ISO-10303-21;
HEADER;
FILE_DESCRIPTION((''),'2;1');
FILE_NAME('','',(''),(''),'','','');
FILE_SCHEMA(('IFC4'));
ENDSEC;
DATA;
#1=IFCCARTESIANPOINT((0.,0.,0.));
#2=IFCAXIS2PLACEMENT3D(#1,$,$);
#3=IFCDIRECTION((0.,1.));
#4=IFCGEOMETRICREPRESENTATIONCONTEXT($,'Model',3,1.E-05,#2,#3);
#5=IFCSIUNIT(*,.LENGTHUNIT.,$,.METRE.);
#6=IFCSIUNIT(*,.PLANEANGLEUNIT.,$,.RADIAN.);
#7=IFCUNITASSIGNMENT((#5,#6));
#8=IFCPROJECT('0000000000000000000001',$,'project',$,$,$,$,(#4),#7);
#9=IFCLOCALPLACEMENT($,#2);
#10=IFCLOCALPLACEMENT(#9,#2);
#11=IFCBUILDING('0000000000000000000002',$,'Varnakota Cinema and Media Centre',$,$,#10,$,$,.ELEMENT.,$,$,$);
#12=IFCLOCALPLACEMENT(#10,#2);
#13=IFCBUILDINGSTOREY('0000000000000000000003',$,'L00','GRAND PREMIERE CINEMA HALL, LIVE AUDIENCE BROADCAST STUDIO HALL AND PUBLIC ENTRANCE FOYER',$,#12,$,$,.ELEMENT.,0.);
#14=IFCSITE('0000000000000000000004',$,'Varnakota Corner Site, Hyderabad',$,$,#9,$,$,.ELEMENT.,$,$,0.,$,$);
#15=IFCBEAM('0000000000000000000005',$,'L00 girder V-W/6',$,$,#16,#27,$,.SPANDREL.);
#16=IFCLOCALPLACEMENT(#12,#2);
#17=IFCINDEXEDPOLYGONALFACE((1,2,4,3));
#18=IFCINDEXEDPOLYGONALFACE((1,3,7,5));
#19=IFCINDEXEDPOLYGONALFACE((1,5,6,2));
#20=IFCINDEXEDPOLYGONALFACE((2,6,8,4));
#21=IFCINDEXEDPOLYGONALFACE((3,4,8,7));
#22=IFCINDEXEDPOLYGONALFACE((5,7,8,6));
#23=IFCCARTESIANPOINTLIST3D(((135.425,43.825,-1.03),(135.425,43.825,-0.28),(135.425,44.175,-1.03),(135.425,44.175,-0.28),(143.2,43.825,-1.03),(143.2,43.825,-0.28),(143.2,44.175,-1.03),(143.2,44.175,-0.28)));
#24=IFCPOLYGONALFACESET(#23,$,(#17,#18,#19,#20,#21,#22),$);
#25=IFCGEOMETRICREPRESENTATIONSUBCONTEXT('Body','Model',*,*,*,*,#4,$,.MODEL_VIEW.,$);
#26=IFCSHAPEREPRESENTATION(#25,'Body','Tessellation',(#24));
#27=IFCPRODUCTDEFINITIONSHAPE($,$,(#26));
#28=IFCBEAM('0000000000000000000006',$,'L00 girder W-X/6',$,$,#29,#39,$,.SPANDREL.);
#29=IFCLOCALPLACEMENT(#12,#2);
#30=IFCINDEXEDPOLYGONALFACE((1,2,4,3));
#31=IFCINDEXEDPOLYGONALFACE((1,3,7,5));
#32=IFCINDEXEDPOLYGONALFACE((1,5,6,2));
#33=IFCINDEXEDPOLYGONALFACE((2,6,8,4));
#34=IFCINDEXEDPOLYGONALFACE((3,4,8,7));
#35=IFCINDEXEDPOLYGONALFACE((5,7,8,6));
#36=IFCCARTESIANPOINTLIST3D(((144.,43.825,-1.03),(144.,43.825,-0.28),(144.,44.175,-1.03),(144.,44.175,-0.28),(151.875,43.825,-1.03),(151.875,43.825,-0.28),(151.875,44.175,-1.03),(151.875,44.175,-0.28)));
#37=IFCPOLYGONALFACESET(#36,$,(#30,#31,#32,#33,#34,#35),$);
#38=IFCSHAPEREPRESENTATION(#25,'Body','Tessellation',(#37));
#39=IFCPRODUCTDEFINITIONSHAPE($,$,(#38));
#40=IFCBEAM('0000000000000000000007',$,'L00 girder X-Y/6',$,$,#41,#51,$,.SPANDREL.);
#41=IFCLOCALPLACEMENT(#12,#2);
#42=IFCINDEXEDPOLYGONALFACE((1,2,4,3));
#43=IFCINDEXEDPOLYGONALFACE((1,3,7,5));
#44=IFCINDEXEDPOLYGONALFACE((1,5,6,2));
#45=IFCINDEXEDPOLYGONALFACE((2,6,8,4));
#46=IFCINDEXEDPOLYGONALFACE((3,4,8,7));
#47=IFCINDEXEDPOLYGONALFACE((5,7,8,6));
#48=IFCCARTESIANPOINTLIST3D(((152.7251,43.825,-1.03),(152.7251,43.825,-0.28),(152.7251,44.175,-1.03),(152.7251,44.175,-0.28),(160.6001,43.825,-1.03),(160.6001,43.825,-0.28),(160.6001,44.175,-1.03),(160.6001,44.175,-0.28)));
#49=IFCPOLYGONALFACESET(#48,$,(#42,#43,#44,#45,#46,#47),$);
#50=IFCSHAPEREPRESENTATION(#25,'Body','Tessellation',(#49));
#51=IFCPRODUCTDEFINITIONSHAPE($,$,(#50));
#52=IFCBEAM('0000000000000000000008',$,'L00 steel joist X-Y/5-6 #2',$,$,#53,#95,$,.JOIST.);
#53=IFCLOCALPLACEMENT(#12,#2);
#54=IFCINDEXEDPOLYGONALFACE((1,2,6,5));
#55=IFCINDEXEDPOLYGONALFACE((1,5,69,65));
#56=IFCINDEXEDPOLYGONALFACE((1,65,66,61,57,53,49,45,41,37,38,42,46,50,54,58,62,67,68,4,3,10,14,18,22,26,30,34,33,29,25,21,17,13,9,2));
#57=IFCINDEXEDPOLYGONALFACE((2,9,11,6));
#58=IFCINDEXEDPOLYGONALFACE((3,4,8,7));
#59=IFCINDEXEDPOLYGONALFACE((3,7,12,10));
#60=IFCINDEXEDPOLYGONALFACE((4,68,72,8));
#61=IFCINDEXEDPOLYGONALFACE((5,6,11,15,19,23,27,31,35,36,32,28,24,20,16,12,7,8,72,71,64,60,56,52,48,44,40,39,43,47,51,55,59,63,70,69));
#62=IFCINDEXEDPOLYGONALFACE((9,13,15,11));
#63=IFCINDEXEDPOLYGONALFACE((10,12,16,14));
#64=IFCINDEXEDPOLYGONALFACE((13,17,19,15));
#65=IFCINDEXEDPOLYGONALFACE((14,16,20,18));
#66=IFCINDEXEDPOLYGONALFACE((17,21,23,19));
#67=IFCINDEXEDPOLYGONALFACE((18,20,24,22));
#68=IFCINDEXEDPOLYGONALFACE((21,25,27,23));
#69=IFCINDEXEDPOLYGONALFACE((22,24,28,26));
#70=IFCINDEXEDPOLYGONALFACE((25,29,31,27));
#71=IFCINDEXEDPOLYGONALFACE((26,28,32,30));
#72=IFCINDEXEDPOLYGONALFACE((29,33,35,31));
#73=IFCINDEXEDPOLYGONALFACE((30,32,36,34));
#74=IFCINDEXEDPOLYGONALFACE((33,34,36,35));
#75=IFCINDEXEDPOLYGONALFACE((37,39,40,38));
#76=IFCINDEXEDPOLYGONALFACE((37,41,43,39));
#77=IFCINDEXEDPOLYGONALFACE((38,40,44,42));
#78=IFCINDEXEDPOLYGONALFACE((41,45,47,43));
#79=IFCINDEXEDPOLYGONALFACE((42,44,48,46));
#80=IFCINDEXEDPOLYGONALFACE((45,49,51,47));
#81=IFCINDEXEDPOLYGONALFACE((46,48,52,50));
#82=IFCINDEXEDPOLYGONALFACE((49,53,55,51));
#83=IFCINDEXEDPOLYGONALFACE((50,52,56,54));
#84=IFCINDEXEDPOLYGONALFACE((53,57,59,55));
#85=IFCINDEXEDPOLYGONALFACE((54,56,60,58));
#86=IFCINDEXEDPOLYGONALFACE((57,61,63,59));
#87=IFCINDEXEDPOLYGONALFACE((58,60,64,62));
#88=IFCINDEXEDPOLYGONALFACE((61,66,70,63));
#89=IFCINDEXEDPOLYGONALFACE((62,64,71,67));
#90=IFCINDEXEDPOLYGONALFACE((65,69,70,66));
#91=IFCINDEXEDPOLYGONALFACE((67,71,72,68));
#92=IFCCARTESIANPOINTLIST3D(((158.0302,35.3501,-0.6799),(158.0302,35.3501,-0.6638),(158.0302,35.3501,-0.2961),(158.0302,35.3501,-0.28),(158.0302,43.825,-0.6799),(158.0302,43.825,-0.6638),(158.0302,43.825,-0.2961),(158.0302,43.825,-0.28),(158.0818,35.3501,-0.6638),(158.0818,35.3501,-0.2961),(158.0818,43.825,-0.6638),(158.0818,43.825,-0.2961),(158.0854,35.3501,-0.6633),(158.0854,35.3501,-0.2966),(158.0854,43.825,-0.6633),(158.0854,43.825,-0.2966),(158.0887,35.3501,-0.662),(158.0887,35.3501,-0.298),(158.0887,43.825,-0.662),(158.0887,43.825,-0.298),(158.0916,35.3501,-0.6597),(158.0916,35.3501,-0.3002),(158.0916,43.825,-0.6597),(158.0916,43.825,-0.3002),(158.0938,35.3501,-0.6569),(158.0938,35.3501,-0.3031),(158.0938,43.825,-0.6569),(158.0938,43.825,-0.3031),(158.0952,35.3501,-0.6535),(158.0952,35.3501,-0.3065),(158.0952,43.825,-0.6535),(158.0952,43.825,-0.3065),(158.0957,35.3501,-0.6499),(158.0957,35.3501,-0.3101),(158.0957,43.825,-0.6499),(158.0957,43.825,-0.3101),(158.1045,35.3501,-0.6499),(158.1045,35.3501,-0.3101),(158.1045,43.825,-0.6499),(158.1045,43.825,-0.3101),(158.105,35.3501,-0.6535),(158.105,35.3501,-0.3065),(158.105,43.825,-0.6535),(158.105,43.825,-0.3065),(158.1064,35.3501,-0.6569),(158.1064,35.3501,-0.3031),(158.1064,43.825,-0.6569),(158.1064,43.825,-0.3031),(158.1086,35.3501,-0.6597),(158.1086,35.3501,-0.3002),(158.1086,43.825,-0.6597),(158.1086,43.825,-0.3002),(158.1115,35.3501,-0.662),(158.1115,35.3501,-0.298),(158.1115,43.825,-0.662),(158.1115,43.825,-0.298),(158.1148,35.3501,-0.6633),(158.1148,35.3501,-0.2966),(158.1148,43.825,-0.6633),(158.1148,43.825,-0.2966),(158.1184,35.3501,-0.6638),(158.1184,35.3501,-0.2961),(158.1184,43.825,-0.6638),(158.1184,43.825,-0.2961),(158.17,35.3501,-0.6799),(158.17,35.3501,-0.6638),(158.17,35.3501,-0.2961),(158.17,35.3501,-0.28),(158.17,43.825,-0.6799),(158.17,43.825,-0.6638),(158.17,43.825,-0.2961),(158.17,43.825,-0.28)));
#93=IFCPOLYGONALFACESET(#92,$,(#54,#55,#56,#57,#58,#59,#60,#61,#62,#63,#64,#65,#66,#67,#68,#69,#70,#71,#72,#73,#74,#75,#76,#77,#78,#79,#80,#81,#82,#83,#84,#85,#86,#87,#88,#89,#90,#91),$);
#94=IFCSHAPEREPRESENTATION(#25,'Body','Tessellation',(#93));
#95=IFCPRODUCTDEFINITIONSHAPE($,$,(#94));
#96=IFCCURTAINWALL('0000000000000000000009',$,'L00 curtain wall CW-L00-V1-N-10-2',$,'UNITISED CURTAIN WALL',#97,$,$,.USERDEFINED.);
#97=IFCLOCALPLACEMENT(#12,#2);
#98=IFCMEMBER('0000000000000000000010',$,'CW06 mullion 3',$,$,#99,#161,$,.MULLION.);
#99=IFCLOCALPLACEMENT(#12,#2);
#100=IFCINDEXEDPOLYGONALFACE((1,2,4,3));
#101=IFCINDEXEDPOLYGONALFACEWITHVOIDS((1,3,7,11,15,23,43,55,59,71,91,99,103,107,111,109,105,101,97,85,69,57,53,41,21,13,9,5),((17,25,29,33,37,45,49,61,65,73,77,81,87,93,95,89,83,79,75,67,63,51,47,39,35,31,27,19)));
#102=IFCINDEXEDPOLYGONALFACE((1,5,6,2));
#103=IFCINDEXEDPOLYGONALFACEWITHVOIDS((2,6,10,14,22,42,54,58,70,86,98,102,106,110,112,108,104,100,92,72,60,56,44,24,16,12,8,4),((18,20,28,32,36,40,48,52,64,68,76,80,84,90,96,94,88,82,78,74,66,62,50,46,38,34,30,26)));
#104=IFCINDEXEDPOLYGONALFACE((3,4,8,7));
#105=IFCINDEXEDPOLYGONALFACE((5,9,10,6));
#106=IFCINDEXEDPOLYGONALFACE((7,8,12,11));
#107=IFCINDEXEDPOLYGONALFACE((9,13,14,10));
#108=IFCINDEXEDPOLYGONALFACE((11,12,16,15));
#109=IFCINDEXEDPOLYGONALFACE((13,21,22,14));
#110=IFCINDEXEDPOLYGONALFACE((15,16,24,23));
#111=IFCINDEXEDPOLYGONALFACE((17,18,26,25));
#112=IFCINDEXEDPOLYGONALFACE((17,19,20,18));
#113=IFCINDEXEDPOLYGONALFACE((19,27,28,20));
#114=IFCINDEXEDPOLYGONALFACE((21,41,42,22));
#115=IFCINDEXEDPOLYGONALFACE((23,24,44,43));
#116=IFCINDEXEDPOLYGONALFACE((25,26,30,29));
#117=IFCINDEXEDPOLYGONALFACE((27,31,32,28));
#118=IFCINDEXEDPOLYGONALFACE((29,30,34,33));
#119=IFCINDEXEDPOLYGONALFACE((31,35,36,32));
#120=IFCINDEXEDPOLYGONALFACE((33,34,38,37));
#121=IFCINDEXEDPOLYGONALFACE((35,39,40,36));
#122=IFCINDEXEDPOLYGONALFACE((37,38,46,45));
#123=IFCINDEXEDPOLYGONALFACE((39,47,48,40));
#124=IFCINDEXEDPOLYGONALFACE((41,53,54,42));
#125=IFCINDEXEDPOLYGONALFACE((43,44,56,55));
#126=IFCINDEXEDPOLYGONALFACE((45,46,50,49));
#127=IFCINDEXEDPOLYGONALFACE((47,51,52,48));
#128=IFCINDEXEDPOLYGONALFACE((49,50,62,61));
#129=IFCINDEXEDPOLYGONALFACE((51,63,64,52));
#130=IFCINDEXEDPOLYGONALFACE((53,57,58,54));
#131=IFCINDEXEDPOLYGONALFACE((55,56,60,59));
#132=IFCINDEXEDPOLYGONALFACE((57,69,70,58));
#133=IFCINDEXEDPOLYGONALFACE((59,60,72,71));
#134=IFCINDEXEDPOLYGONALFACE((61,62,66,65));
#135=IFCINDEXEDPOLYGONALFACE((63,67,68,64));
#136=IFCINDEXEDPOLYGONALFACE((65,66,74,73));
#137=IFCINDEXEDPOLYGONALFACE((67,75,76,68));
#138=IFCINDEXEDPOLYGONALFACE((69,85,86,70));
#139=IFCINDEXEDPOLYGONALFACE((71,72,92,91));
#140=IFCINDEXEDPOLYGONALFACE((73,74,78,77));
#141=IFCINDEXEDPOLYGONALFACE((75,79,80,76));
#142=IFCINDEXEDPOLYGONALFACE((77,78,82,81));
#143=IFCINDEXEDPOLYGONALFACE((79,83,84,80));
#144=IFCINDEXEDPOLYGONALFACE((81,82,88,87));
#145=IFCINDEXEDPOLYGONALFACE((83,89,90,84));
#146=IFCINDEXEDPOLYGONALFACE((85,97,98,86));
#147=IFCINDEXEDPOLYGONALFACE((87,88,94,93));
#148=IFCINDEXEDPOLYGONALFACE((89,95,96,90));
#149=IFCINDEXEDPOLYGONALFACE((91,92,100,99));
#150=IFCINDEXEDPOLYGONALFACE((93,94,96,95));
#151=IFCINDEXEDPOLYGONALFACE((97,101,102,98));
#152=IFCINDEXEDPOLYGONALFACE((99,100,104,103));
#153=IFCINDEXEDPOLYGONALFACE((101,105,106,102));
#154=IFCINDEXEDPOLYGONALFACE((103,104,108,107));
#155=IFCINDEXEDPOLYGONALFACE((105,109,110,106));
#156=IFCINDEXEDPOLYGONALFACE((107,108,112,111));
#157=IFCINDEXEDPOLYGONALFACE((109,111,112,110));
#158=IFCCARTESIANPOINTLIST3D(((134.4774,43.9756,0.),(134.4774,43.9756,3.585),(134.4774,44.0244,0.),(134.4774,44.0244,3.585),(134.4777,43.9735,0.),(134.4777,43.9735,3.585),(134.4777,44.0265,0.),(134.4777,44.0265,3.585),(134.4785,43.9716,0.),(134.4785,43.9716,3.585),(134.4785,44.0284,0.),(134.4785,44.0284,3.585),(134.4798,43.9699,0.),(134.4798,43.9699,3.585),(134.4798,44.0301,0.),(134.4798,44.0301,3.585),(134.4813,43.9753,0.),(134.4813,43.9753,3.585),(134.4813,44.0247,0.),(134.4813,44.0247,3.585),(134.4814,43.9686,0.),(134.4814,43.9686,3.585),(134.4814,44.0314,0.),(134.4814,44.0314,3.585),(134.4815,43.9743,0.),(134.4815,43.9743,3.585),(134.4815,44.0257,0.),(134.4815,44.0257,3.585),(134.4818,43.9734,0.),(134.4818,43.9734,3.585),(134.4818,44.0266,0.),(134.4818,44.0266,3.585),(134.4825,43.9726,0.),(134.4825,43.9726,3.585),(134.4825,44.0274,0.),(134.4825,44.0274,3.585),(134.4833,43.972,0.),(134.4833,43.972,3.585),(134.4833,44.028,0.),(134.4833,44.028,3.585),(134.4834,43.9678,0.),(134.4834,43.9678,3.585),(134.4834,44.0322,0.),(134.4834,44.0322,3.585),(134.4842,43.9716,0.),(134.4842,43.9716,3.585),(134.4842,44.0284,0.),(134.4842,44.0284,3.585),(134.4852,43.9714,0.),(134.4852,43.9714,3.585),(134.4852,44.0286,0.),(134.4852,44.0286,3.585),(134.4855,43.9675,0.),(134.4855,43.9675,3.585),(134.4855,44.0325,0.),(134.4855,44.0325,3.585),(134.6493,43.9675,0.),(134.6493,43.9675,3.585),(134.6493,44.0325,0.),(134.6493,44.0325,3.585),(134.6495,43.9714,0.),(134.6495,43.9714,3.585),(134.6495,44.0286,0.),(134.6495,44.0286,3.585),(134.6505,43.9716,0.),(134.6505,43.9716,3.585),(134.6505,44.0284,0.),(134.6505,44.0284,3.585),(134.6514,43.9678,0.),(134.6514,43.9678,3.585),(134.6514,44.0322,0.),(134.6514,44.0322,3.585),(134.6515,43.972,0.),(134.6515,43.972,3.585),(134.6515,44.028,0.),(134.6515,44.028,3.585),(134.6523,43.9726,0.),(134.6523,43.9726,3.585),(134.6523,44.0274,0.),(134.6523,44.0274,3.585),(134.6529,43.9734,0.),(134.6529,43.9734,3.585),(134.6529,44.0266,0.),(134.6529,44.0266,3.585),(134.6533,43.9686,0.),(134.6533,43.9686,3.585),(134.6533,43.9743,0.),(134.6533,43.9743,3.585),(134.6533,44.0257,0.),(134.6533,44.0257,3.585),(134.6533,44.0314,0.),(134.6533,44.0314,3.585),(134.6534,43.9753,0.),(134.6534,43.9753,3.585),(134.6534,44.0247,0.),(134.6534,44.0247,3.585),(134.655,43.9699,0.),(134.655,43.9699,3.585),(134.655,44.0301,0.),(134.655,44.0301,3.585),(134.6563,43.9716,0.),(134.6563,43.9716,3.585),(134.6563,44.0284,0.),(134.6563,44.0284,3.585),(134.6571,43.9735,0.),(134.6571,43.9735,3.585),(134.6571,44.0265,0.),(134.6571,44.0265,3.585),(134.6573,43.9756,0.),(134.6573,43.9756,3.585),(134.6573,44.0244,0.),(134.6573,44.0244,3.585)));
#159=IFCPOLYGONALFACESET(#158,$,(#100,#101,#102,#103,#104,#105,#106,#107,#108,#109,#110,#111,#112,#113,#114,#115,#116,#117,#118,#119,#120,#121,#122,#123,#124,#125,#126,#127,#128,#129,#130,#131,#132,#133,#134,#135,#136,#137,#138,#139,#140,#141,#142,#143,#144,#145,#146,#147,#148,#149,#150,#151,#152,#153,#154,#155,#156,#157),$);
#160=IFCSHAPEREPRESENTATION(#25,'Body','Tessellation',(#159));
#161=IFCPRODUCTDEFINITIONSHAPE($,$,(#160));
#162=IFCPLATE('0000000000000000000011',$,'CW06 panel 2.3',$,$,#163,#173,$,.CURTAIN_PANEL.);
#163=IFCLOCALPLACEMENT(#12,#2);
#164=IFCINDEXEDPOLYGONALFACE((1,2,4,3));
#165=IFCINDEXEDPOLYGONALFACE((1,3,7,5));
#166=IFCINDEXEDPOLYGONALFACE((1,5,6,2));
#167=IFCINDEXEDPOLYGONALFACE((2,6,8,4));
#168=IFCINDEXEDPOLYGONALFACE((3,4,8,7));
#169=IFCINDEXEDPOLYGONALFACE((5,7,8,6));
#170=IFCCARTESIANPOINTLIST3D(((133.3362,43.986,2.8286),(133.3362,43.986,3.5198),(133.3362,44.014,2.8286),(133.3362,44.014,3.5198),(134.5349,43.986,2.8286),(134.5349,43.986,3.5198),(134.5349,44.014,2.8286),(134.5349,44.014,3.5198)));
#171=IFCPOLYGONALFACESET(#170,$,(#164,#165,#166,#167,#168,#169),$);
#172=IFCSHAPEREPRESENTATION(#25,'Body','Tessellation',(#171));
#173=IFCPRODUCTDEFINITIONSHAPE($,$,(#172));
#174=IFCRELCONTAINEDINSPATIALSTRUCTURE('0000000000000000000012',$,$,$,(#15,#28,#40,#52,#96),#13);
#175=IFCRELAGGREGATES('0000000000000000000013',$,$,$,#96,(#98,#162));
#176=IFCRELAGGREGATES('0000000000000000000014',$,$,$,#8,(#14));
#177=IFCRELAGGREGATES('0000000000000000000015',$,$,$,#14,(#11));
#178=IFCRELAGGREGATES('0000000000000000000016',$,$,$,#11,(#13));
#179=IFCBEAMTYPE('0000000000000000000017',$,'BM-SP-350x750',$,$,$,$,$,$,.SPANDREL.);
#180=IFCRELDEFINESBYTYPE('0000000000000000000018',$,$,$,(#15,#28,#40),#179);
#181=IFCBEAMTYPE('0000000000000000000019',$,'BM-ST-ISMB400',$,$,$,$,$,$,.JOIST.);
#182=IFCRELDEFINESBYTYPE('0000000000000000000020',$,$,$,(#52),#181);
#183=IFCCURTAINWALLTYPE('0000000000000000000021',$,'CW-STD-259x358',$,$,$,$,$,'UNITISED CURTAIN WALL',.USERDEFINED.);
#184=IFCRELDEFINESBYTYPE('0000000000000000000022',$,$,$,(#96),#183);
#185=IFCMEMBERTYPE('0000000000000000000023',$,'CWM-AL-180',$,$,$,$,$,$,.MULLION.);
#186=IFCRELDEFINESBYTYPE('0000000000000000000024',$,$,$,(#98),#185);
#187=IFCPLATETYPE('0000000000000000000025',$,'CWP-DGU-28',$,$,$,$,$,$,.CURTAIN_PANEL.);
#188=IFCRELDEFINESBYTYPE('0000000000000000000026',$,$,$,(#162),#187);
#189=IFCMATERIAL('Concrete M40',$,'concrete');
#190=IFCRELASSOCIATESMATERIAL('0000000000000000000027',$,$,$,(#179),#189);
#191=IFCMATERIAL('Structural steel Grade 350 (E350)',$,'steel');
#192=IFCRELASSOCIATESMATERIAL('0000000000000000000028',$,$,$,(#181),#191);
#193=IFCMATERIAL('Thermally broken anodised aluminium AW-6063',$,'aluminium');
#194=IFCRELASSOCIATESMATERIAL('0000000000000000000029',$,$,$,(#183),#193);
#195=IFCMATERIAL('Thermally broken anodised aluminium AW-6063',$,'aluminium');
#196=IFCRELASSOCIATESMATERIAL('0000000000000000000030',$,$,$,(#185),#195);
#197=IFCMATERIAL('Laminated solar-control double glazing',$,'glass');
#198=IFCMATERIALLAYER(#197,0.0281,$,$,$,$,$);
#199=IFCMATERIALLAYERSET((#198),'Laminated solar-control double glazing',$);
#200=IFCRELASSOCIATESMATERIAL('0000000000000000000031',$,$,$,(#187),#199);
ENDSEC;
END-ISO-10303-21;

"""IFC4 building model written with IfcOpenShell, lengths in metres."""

from ifc_helpers import new_model, si_unit, direction, frame, origin, origin_2d, place, context, subcontext, project, spatial, rectangle, hollow_rectangle, i_section, extrude, material, layer, layer_set, material_profile, profile_set, type_object, element, aggregate, save


model = new_model("IFC4")

# Units and contexts
model_context = context("Model", 3, precision=1e-05, world=origin(), true_north=direction((0.0, 1.0)))
body_context = subcontext(model_context, "Body", "Model", "MODEL_VIEW")
ifc_project = project(units=[si_unit("LENGTHUNIT", "METRE"), si_unit("PLANEANGLEUNIT", "RADIAN")], contexts=[model_context])

# Site, building, storey
site_placement = place(None, origin())
site = spatial("IfcSite", under=ifc_project, at=site_placement, Name="Varnakota Corner Site, Hyderabad", CompositionType="ELEMENT", RefElevation=0.0)
building_placement = place(site_placement, origin())
building = spatial("IfcBuilding", under=site, at=building_placement, Name="Varnakota Cinema and Media Centre", CompositionType="ELEMENT")
storey_placement = place(building_placement, origin())
storey = spatial("IfcBuildingStorey", under=building, at=storey_placement, Name="L00", Description="GRAND PREMIERE CINEMA HALL, LIVE AUDIENCE BROADCAST STUDIO HALL AND PUBLIC ENTRANCE FOYER", CompositionType="ELEMENT", Elevation=0.0)

# Beams
ifc_material_1 = material(Name="Concrete M40", Category="concrete")
ifc_material_profile_1 = material_profile(ifc_material_1, rectangle(XDim=0.3501, YDim=0.75, at=origin_2d()), Name="RCB 350x750")
ifc_profile_set_1 = profile_set([ifc_material_profile_1], Name="Concrete M40")
beam_type_1 = type_object("IfcBeamType", Name="BM-SP-350x750", PredefinedType="SPANDREL", material=ifc_profile_set_1)
beam_1_placement = place(storey_placement, frame((135.425, 44.0, -0.655), z_axis=(1.0, 0.0, 0.0), x_axis=(0.0, 1.0, 0.0)))
element("IfcBeam", 1, at=beam_1_placement, inside=storey, type_object=beam_type_1, Name="L00 girder V-W/6", PredefinedType="SPANDREL", context=body_context, shape_type="SweptSolid", body=[
    extrude(rectangle(XDim=0.3501, YDim=0.75, at=origin_2d()), origin(), (0.0, 0.0, 1.0), 7.7749),
])
for number, where, z_axis, x_axis, name in (
    (2, (144.0, 44.0, -0.655), (1.0, 0.0, 0.0), (0.0, 1.0, 0.0), "L00 girder W-X/6"),
    (3, (152.7251, 44.0, -0.655), (1.0, 0.0, 0.0), (0.0, 1.0, 0.0), "L00 girder X-Y/6"),
):
    element("IfcBeam", number, at=place(storey_placement, frame(where, z_axis=z_axis, x_axis=x_axis)), inside=storey, type_object=beam_type_1, Name=name, PredefinedType="SPANDREL", context=body_context, shape_type="SweptSolid", body=[
        extrude(rectangle(XDim=0.3501, YDim=0.75, at=origin_2d()), origin(), (0.0, 0.0, 1.0), 7.875),
    ])
ifc_material_2 = material(Name="Structural steel Grade 350 (E350)", Category="steel")
ifc_material_profile_2 = material_profile(ifc_material_2, i_section(OverallWidth=0.1399, OverallDepth=0.3999, WebThickness=0.0088, FlangeThickness=0.0161, FilletRadius=0.0139, at=origin_2d()), Name="ISMB 400")
ifc_profile_set_2 = profile_set([ifc_material_profile_2], Name="Structural steel Grade 350 (E350)")
beam_type_2 = type_object("IfcBeamType", Name="BM-ST-ISMB400", PredefinedType="JOIST", material=ifc_profile_set_2)
beam_2_placement = place(storey_placement, frame((158.1001, 35.3501, -0.48), z_axis=(0.0, 1.0, 0.0), x_axis=(-1.0, 0.0, 0.0)))
element("IfcBeam", 4, at=beam_2_placement, inside=storey, type_object=beam_type_2, Name="L00 steel joist X-Y/5-6 #2", PredefinedType="JOIST", context=body_context, shape_type="SweptSolid", body=[
    extrude(i_section(OverallWidth=0.1399, OverallDepth=0.3999, WebThickness=0.0088, FlangeThickness=0.0161, FilletRadius=0.0139, at=origin_2d()), origin(), (0.0, 0.0, 1.0), 8.4749),
])

# Curtain wall, member, plate
ifc_material_3 = material(Name="Thermally broken anodised aluminium AW-6063", Category="aluminium")
curtain_wall_type = type_object("IfcCurtainWallType", Name="CW-STD-259x358", ElementType="UNITISED CURTAIN WALL", PredefinedType="USERDEFINED", material=ifc_material_3)
curtain_wall_placement = place(storey_placement, origin())
curtain_wall = element("IfcCurtainWall", 5, at=curtain_wall_placement, inside=storey, type_object=curtain_wall_type, Name="L00 curtain wall CW-L00-V1-N-10-2", ObjectType="UNITISED CURTAIN WALL", PredefinedType="USERDEFINED")
ifc_material_4 = material(Name="Thermally broken anodised aluminium AW-6063", Category="aluminium")
ifc_material_profile_3 = material_profile(ifc_material_4, hollow_rectangle(XDim=0.0649, YDim=0.1799, WallThickness=0.0039, InnerFilletRadius=0.0039, OuterFilletRadius=0.0081, at=origin_2d()), Name="AL-MULLION 180x65x4")
ifc_profile_set_3 = profile_set([ifc_material_profile_3], Name="Thermally broken anodised aluminium AW-6063")
member_type = type_object("IfcMemberType", Name="CWM-AL-180", PredefinedType="MULLION", material=ifc_profile_set_3)
member_placement = place(storey_placement, frame((134.5674, 44.0, 0.0), z_axis=(0.0, 0.0, 1.0), x_axis=(0.0, 1.0, 0.0)))
member = element("IfcMember", 6, at=member_placement, type_object=member_type, Name="CW06 mullion 3", PredefinedType="MULLION", context=body_context, shape_type="SweptSolid", body=[
    extrude(hollow_rectangle(XDim=0.0649, YDim=0.1799, WallThickness=0.0039, InnerFilletRadius=0.0039, OuterFilletRadius=0.0081, at=origin_2d()), origin(), (0.0, 0.0, 1.0), 3.585),
])
ifc_material_5 = material(Name="Laminated solar-control double glazing", Category="glass")
ifc_layer_1 = layer(ifc_material_5, 0.0281)
ifc_layer_set_1 = layer_set([ifc_layer_1], Name="Laminated solar-control double glazing")
plate_type = type_object("IfcPlateType", Name="CWP-DGU-28", PredefinedType="CURTAIN_PANEL", material=ifc_layer_set_1)
plate_placement = place(storey_placement, frame((133.9355, 44.0, 2.8286), z_axis=(0.0, 0.0, 1.0), x_axis=(1.0, 0.0, 0.0)))
plate = element("IfcPlate", 7, at=plate_placement, type_object=plate_type, Name="CW06 panel 2.3", PredefinedType="CURTAIN_PANEL", context=body_context, shape_type="SweptSolid", body=[
    extrude(rectangle(XDim=1.1987, YDim=0.0281, at=origin_2d()), origin(), (0.0, 0.0, 1.0), 0.6912),
])
aggregate(curtain_wall, [member, plate])

save(model, "model.ifc")
